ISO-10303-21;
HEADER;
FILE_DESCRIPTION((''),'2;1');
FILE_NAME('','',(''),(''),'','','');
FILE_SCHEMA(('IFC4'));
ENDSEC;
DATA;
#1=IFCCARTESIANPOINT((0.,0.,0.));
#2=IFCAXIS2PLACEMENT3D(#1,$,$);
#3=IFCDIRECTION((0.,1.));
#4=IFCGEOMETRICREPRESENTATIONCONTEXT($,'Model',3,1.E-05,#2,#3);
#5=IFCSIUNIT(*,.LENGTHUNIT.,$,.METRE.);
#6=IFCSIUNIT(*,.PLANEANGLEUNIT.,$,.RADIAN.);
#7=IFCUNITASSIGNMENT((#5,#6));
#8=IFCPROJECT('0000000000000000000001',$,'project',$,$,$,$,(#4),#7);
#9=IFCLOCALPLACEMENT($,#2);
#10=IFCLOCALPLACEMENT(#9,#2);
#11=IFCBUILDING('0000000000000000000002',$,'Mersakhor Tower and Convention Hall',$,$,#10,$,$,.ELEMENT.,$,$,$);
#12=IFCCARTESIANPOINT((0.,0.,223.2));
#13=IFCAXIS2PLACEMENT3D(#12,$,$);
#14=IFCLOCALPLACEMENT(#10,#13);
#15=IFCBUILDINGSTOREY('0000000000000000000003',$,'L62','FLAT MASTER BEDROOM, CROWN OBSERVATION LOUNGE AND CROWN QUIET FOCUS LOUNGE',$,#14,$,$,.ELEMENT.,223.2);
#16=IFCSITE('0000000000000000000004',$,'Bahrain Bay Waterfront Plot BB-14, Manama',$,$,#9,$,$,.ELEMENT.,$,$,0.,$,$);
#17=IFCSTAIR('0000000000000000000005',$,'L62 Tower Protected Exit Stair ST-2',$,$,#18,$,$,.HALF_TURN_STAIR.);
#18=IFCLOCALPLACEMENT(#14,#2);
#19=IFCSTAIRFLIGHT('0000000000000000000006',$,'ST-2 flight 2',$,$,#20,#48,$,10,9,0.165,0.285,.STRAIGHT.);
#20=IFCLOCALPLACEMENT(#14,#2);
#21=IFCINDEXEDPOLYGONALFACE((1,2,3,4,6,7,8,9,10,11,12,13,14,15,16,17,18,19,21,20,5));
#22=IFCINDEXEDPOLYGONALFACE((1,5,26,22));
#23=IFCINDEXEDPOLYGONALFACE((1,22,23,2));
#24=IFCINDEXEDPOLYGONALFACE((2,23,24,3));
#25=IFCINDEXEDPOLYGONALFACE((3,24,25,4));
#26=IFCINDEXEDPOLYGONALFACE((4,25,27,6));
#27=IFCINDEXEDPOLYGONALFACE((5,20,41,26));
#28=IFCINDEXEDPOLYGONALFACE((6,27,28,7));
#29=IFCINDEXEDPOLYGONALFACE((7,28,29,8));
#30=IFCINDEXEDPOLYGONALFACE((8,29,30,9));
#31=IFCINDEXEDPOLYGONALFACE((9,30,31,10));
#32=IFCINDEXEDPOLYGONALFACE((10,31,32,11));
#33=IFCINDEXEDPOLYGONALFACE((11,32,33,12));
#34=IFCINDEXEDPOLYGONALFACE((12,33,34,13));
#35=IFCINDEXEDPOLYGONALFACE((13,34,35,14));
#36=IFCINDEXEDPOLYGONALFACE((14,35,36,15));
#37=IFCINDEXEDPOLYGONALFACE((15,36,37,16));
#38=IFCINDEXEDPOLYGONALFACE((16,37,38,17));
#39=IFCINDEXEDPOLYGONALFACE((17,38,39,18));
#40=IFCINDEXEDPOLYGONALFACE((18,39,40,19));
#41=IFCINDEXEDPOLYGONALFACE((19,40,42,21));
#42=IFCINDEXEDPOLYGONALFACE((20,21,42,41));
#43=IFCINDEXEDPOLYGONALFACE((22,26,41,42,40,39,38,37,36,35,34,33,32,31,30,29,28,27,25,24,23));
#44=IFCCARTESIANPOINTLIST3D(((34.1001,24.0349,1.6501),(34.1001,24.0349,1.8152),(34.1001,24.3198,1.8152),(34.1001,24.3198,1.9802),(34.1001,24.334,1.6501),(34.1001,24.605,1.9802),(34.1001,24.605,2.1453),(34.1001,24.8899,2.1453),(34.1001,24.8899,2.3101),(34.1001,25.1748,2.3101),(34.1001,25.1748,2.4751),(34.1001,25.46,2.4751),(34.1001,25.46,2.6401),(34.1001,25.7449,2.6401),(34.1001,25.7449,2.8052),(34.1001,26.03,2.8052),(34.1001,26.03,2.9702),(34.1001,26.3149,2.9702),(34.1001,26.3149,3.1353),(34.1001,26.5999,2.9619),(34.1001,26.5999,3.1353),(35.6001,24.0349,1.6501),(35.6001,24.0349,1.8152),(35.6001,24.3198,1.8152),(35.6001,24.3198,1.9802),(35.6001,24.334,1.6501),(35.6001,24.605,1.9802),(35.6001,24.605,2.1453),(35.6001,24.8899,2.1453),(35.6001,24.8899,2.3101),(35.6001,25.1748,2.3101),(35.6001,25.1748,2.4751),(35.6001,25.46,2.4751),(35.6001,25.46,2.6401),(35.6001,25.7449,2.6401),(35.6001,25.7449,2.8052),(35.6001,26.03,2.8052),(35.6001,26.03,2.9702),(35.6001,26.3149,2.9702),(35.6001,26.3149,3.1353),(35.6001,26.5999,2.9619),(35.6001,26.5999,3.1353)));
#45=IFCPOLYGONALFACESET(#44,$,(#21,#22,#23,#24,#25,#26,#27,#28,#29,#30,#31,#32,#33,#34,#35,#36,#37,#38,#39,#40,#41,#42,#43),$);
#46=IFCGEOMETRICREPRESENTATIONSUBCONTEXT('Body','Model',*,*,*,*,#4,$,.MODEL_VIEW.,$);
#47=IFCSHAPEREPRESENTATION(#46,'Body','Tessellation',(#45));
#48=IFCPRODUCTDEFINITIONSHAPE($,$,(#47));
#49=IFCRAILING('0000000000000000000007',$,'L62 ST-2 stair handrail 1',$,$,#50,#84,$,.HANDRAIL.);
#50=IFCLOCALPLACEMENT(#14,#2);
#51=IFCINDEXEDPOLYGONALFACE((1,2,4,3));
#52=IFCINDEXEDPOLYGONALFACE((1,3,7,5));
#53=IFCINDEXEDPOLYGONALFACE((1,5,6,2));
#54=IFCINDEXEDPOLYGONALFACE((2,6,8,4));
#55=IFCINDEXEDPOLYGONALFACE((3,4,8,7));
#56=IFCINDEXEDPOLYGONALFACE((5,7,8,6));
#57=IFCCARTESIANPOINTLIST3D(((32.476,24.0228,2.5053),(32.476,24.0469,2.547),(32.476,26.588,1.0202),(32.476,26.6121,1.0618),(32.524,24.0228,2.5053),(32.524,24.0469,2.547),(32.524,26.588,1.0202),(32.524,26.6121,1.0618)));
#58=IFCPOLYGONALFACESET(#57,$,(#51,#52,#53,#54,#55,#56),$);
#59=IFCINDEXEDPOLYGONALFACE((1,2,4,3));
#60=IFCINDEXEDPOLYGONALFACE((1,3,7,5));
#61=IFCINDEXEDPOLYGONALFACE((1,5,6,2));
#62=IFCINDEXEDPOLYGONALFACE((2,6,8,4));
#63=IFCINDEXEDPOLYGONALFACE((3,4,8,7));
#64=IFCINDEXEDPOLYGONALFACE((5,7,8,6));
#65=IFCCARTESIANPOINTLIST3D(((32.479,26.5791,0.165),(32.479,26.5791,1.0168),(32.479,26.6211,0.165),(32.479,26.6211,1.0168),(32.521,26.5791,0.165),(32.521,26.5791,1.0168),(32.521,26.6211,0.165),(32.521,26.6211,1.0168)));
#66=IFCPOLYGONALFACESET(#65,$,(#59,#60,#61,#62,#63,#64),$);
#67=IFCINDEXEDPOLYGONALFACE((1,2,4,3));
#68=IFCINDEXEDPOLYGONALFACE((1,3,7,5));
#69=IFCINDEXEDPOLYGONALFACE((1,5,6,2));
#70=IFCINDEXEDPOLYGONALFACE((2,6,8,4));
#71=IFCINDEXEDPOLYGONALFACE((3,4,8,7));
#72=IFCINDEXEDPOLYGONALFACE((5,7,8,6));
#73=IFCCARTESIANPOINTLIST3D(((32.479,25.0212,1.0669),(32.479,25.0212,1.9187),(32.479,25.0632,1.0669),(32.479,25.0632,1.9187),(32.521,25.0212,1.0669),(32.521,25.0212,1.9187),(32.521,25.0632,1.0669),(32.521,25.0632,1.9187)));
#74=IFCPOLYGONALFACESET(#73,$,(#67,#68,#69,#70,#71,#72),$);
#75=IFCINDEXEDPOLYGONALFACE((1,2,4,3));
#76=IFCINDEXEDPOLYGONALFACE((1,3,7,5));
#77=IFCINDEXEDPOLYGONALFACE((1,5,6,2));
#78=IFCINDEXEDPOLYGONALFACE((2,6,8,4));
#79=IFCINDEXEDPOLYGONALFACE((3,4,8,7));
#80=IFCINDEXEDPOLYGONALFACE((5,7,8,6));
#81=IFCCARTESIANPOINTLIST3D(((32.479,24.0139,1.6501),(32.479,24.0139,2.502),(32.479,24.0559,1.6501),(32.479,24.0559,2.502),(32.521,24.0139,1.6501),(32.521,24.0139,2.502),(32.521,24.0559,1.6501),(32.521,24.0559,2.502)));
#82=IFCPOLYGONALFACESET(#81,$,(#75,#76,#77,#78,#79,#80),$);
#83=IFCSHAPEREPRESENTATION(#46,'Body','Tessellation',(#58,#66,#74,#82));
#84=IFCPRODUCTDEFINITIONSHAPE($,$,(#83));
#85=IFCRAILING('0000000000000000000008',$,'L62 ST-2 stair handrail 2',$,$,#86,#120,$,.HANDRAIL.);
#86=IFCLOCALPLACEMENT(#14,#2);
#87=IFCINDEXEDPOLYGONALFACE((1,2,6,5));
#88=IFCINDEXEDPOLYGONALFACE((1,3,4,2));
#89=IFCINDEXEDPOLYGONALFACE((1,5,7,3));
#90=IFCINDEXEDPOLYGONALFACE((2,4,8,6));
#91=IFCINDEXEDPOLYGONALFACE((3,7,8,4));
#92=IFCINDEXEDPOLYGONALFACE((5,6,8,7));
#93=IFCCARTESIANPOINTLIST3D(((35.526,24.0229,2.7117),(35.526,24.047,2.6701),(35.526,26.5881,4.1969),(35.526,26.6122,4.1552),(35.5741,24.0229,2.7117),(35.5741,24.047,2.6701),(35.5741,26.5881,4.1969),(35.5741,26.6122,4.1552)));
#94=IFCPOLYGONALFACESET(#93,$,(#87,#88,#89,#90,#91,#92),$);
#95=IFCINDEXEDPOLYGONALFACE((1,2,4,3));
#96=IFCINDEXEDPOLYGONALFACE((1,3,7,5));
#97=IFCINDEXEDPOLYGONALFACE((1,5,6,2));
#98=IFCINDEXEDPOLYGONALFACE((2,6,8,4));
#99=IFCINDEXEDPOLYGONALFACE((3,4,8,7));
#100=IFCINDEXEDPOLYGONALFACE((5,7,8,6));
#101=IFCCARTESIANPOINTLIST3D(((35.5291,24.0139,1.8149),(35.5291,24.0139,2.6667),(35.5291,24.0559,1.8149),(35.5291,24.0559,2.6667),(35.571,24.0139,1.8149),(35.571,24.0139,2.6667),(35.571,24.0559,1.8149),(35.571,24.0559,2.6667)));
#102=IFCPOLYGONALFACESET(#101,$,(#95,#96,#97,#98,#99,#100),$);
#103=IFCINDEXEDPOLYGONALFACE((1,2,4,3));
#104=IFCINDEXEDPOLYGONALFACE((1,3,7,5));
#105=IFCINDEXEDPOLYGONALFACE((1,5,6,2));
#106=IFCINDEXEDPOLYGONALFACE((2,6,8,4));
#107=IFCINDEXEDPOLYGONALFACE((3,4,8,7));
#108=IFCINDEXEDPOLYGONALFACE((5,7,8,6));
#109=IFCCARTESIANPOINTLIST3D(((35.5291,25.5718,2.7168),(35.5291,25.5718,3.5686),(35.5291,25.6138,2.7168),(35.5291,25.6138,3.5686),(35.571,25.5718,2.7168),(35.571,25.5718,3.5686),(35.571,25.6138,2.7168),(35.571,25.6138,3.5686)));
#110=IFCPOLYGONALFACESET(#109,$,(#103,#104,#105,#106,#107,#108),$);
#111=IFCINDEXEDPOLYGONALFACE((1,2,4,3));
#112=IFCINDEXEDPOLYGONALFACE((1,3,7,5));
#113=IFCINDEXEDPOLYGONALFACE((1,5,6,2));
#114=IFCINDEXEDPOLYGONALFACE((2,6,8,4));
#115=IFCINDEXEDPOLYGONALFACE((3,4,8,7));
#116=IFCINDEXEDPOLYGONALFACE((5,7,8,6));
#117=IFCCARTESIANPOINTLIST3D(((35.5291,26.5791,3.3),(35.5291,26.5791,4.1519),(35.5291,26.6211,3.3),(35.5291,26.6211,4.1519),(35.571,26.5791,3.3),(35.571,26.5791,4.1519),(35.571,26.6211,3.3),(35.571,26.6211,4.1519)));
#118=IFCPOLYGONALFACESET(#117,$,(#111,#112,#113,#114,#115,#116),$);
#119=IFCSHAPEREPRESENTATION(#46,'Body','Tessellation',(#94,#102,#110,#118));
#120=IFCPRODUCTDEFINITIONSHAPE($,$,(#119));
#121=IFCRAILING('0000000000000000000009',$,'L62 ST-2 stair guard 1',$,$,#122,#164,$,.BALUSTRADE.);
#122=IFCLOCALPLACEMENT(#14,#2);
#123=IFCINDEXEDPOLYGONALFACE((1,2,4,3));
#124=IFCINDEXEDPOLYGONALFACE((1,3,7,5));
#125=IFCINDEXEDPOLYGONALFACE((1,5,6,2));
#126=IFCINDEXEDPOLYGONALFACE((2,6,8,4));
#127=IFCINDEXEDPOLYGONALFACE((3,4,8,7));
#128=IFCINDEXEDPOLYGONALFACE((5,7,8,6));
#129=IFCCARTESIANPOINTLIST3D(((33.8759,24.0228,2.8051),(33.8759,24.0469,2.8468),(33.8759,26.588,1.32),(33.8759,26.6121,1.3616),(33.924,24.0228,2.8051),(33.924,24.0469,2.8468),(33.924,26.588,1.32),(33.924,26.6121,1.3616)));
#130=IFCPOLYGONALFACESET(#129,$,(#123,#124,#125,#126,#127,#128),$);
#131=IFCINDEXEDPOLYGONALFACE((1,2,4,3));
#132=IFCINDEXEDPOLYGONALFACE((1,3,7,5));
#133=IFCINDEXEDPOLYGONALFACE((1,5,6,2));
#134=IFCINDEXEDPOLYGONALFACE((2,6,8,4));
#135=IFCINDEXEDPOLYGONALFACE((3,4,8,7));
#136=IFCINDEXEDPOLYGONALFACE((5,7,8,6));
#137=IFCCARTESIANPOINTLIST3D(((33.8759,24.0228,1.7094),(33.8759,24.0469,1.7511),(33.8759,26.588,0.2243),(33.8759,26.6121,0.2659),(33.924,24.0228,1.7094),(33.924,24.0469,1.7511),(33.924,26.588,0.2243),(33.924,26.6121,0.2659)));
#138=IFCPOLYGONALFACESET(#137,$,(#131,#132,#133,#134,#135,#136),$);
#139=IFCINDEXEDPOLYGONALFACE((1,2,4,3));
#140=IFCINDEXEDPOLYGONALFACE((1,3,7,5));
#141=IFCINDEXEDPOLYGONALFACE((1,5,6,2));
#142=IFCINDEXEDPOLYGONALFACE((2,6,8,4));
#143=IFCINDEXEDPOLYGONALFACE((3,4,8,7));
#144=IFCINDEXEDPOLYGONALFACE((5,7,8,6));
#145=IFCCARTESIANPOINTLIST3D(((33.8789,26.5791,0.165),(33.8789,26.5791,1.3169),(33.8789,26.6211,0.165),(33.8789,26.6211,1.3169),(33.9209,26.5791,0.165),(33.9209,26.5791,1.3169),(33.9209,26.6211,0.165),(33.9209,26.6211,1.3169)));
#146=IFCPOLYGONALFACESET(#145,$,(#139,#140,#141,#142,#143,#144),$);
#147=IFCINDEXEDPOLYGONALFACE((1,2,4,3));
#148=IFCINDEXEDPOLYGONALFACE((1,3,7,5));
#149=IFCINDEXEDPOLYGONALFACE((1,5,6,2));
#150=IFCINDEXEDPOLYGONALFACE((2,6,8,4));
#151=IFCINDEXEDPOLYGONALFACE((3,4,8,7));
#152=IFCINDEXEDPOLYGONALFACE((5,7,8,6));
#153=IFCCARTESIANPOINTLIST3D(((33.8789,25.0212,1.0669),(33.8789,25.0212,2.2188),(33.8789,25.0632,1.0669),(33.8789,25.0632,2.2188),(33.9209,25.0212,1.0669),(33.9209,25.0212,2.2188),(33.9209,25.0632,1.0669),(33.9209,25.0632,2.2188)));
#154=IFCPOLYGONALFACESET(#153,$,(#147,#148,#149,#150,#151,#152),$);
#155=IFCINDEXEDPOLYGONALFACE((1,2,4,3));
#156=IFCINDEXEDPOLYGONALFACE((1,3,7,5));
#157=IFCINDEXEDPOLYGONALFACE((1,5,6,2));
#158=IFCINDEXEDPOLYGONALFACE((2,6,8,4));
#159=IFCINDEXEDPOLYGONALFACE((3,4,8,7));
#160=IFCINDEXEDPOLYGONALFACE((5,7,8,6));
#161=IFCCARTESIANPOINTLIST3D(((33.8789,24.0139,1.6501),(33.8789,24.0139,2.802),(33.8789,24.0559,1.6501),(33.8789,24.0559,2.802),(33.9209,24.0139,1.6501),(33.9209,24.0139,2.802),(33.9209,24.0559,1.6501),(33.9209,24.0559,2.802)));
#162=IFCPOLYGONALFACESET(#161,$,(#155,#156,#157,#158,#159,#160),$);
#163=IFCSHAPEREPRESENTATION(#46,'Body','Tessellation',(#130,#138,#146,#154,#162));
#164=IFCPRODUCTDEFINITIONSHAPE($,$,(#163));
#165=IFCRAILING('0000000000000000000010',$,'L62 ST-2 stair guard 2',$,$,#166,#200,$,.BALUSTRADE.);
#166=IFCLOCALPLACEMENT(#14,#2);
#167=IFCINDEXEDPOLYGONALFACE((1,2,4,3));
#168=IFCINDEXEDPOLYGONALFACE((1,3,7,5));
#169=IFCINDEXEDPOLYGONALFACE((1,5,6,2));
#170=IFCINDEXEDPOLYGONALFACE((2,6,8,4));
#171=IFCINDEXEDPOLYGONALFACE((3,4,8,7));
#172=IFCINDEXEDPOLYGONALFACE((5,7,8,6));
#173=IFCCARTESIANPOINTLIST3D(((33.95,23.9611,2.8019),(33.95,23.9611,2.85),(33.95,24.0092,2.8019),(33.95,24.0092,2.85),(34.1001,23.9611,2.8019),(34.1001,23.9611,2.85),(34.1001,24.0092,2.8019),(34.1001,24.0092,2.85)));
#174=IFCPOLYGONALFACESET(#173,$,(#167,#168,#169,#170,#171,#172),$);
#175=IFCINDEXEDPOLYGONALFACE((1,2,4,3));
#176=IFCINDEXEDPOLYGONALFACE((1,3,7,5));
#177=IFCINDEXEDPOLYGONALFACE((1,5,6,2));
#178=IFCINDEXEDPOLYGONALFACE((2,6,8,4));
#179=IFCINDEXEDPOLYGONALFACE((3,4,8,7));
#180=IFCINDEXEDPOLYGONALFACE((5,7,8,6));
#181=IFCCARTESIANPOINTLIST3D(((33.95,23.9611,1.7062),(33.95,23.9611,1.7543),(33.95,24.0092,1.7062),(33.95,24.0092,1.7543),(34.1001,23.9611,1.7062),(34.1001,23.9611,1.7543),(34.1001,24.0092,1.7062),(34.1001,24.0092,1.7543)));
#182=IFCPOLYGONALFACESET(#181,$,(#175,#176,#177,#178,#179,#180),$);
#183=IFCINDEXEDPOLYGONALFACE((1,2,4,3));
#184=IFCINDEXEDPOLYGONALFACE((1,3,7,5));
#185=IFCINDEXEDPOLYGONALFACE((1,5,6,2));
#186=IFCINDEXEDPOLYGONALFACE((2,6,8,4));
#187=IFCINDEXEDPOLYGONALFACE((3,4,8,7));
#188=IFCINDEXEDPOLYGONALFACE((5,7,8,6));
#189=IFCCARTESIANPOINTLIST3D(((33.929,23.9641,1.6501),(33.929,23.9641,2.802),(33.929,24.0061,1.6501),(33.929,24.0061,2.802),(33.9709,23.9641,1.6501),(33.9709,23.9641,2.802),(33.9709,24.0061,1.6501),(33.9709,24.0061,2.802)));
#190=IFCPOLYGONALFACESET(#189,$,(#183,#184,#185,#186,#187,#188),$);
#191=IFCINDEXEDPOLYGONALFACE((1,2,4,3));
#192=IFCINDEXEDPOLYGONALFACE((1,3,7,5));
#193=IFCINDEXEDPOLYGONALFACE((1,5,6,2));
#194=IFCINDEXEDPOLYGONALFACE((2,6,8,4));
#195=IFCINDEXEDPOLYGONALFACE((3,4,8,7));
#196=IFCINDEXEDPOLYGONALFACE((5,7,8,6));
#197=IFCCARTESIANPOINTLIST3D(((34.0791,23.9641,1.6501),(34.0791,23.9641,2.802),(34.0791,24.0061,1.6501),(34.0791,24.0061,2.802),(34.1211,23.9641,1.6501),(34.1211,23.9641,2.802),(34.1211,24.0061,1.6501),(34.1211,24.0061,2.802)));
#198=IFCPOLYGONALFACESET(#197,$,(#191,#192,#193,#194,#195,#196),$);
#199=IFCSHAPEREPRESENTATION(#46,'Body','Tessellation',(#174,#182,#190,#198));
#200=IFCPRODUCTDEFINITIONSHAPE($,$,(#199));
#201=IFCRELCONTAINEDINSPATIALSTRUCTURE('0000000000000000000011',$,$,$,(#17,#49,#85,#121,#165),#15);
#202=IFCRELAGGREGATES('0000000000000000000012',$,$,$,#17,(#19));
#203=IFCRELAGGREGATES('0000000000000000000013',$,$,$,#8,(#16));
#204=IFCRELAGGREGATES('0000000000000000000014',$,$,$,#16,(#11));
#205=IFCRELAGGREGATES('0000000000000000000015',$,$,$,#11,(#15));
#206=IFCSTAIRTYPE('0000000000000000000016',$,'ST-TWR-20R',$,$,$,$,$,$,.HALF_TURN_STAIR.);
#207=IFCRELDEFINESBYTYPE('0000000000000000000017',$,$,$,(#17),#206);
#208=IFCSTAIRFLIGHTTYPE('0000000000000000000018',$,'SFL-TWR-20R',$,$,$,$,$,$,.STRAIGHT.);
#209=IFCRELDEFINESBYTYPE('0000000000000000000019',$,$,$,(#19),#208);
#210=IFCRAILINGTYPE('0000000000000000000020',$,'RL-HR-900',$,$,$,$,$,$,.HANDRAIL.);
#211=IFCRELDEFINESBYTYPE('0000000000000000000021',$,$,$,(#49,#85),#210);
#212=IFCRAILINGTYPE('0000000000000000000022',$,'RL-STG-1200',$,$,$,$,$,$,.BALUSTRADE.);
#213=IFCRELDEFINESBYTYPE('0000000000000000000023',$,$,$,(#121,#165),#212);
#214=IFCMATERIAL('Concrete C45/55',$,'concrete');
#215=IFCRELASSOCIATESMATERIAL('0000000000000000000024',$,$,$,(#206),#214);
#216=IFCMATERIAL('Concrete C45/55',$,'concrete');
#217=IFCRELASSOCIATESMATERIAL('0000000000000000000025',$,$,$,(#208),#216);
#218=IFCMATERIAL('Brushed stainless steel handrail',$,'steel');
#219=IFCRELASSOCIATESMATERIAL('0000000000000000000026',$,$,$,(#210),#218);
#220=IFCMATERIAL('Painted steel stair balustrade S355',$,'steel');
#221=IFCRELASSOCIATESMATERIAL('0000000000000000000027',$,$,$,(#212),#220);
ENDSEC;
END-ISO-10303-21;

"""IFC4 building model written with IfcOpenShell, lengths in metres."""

from ifc_helpers import new_model, si_unit, direction, frame, origin, origin_2d, place, context, subcontext, project, spatial, polyline, rectangle, outline, extrude, material, type_object, element, aggregate, save


model = new_model("IFC4")

# Units and contexts
model_context = context("Model", 3, precision=1e-05, world=origin(), true_north=direction((0.0, 1.0)))
body_context = subcontext(model_context, "Body", "Model", "MODEL_VIEW")
ifc_project = project(units=[si_unit("LENGTHUNIT", "METRE"), si_unit("PLANEANGLEUNIT", "RADIAN")], contexts=[model_context])

# Site, building, storey
site_placement = place(None, origin())
site = spatial("IfcSite", under=ifc_project, at=site_placement, Name="Bahrain Bay Waterfront Plot BB-14, Manama", CompositionType="ELEMENT", RefElevation=0.0)
building_placement = place(site_placement, origin())
building = spatial("IfcBuilding", under=site, at=building_placement, Name="Mersakhor Tower and Convention Hall", CompositionType="ELEMENT")
storey_placement = place(building_placement, frame((0.0, 0.0, 223.2)))
storey = spatial("IfcBuildingStorey", under=building, at=storey_placement, Name="L62", Description="FLAT MASTER BEDROOM, CROWN OBSERVATION LOUNGE AND CROWN QUIET FOCUS LOUNGE", CompositionType="ELEMENT", Elevation=223.2)

# Stair, stair flight
ifc_material_1 = material(Name="Concrete C45/55", Category="concrete")
stair_type = type_object("IfcStairType", Name="ST-TWR-20R", PredefinedType="HALF_TURN_STAIR", material=ifc_material_1)
stair_placement = place(storey_placement, origin())
stair = element("IfcStair", 1, at=stair_placement, inside=storey, type_object=stair_type, Name="L62 Tower Protected Exit Stair ST-2", PredefinedType="HALF_TURN_STAIR")
ifc_material_2 = material(Name="Concrete C45/55", Category="concrete")
stair_flight_type = type_object("IfcStairFlightType", Name="SFL-TWR-20R", PredefinedType="STRAIGHT", material=ifc_material_2)
stair_flight_1_placement = place(storey_placement, frame((34.8501, 24.0349, 1.6501), z_axis=(0.0, 0.0, 1.0), x_axis=(0.0, 1.0, 0.0)))
stair_flight_1 = element("IfcStairFlight", 2, at=stair_flight_1_placement, type_object=stair_flight_type, Name="ST-2 flight 2", NumberOfRisers=10, NumberOfTreads=9, PredefinedType="STRAIGHT", RiserHeight=0.165, TreadLength=0.285, context=body_context, shape_type="SweptSolid", body=[
    extrude(outline(polyline([(0.0, 0.0), (0.0, 0.165), (0.2849, 0.165), (0.2849, 0.3301), (0.5701, 0.3301), (0.5701, 0.4951), (0.855, 0.4951), (0.855, 0.6599), (1.1399, 0.6599), (1.1399, 0.825), (1.425, 0.825), (1.425, 0.99), (1.71, 0.99), (1.71, 1.155), (1.9951, 1.155), (1.9951, 1.3201), (2.28, 1.3201), (2.28, 1.4851), (2.5649, 1.4851), (2.5649, 1.6499), (2.5649, 1.3118), (0.2991, 0.0), (0.0, 0.0)])), frame((0.0, 0.75, 0.0), z_axis=(0.0, -1.0, 0.0), x_axis=(1.0, 0.0, 0.0)), (0.0, 0.0, 1.0), 1.5),
])
aggregate(stair, [stair_flight_1])

# Railings
ifc_material_3 = material(Name="Brushed stainless steel handrail", Category="steel")
railing_type_1 = type_object("IfcRailingType", Name="RL-HR-900", PredefinedType="HANDRAIL", material=ifc_material_3)
railing_1_placement = place(storey_placement, frame((32.5, 26.6001, 0.165)))
element("IfcRailing", 3, at=railing_1_placement, inside=storey, type_object=railing_type_1, Name="L62 ST-2 stair handrail 1", PredefinedType="HANDRAIL", context=body_context, shape_type="SweptSolid", body=[
    extrude(rectangle(XDim=0.0481, YDim=0.0481, at=origin_2d()), frame((0.0, 0.0, 0.876), z_axis=(0.0, -0.865426, 0.501036), x_axis=(1.0, 0.0, 0.0)), (0.0, 0.0, 1.0), 2.9641),
    extrude(rectangle(XDim=0.042, YDim=0.042, at=origin_2d()), origin(), (0.0, 0.0, 1.0), 0.8518),
    extrude(rectangle(XDim=0.042, YDim=0.042, at=origin_2d()), frame((0.0, -1.5579, 0.9019)), (0.0, 0.0, 1.0), 0.8518),
    extrude(rectangle(XDim=0.042, YDim=0.042, at=origin_2d()), frame((0.0, -2.5652, 1.4851)), (0.0, 0.0, 1.0), 0.8518),
])
railing_2_placement = place(storey_placement, frame((35.55, 24.0349, 1.8149)))
element("IfcRailing", 4, at=railing_2_placement, inside=storey, type_object=railing_type_1, Name="L62 ST-2 stair handrail 2", PredefinedType="HANDRAIL", context=body_context, shape_type="SweptSolid", body=[
    extrude(rectangle(XDim=0.0481, YDim=0.0481, at=origin_2d()), frame((0.0, 0.0, 0.876), z_axis=(0.0, 0.865426, 0.501036), x_axis=(-1.0, 0.0, 0.0)), (0.0, 0.0, 1.0), 2.9641),
    extrude(rectangle(XDim=0.042, YDim=0.042, at=origin_2d()), origin(), (0.0, 0.0, 1.0), 0.8518),
    extrude(rectangle(XDim=0.042, YDim=0.042, at=origin_2d()), frame((0.0, 1.5579, 0.9019)), (0.0, 0.0, 1.0), 0.8518),
    extrude(rectangle(XDim=0.042, YDim=0.042, at=origin_2d()), frame((0.0, 2.5652, 1.4851)), (0.0, 0.0, 1.0), 0.8518),
])
ifc_material_4 = material(Name="Painted steel stair balustrade S355", Category="steel")
railing_type_2 = type_object("IfcRailingType", Name="RL-STG-1200", PredefinedType="BALUSTRADE", material=ifc_material_4)
railing_3_placement = place(storey_placement, frame((33.8999, 26.6001, 0.165)))
element("IfcRailing", 5, at=railing_3_placement, inside=storey, type_object=railing_type_2, Name="L62 ST-2 stair guard 1", PredefinedType="BALUSTRADE", context=body_context, shape_type="SweptSolid", body=[
    extrude(rectangle(XDim=0.0481, YDim=0.0481, at=origin_2d()), frame((0.0, 0.0, 1.1758), z_axis=(0.0, -0.865426, 0.501036), x_axis=(1.0, 0.0, 0.0)), (0.0, 0.0, 1.0), 2.9641),
    extrude(rectangle(XDim=0.0481, YDim=0.0481, at=origin_2d()), frame((0.0, 0.0, 0.0801), z_axis=(0.0, -0.865426, 0.501036), x_axis=(1.0, 0.0, 0.0)), (0.0, 0.0, 1.0), 2.9641),
    extrude(rectangle(XDim=0.042, YDim=0.042, at=origin_2d()), origin(), (0.0, 0.0, 1.0), 1.1519),
    extrude(rectangle(XDim=0.042, YDim=0.042, at=origin_2d()), frame((0.0, -1.5579, 0.9019)), (0.0, 0.0, 1.0), 1.1519),
    extrude(rectangle(XDim=0.042, YDim=0.042, at=origin_2d()), frame((0.0, -2.5652, 1.4851)), (0.0, 0.0, 1.0), 1.1519),
])
railing_4_placement = place(storey_placement, frame((33.95, 23.9851, 1.6501)))
element("IfcRailing", 6, at=railing_4_placement, inside=storey, type_object=railing_type_2, Name="L62 ST-2 stair guard 2", PredefinedType="BALUSTRADE", context=body_context, shape_type="SweptSolid", body=[
    extrude(rectangle(XDim=0.0481, YDim=0.0481, at=origin_2d()), frame((0.0, 0.0, 1.1758), z_axis=(1.0, 0.0, 0.0), x_axis=(0.0, 1.0, 0.0)), (0.0, 0.0, 1.0), 0.1501),
    extrude(rectangle(XDim=0.0481, YDim=0.0481, at=origin_2d()), frame((0.0, 0.0, 0.0801), z_axis=(1.0, 0.0, 0.0), x_axis=(0.0, 1.0, 0.0)), (0.0, 0.0, 1.0), 0.1501),
    extrude(rectangle(XDim=0.042, YDim=0.042, at=origin_2d()), origin(), (0.0, 0.0, 1.0), 1.1519),
    extrude(rectangle(XDim=0.042, YDim=0.042, at=origin_2d()), frame((0.1501, 0.0, 0.0)), (0.0, 0.0, 1.0), 1.1519),
])

save(model, "model.ifc")
